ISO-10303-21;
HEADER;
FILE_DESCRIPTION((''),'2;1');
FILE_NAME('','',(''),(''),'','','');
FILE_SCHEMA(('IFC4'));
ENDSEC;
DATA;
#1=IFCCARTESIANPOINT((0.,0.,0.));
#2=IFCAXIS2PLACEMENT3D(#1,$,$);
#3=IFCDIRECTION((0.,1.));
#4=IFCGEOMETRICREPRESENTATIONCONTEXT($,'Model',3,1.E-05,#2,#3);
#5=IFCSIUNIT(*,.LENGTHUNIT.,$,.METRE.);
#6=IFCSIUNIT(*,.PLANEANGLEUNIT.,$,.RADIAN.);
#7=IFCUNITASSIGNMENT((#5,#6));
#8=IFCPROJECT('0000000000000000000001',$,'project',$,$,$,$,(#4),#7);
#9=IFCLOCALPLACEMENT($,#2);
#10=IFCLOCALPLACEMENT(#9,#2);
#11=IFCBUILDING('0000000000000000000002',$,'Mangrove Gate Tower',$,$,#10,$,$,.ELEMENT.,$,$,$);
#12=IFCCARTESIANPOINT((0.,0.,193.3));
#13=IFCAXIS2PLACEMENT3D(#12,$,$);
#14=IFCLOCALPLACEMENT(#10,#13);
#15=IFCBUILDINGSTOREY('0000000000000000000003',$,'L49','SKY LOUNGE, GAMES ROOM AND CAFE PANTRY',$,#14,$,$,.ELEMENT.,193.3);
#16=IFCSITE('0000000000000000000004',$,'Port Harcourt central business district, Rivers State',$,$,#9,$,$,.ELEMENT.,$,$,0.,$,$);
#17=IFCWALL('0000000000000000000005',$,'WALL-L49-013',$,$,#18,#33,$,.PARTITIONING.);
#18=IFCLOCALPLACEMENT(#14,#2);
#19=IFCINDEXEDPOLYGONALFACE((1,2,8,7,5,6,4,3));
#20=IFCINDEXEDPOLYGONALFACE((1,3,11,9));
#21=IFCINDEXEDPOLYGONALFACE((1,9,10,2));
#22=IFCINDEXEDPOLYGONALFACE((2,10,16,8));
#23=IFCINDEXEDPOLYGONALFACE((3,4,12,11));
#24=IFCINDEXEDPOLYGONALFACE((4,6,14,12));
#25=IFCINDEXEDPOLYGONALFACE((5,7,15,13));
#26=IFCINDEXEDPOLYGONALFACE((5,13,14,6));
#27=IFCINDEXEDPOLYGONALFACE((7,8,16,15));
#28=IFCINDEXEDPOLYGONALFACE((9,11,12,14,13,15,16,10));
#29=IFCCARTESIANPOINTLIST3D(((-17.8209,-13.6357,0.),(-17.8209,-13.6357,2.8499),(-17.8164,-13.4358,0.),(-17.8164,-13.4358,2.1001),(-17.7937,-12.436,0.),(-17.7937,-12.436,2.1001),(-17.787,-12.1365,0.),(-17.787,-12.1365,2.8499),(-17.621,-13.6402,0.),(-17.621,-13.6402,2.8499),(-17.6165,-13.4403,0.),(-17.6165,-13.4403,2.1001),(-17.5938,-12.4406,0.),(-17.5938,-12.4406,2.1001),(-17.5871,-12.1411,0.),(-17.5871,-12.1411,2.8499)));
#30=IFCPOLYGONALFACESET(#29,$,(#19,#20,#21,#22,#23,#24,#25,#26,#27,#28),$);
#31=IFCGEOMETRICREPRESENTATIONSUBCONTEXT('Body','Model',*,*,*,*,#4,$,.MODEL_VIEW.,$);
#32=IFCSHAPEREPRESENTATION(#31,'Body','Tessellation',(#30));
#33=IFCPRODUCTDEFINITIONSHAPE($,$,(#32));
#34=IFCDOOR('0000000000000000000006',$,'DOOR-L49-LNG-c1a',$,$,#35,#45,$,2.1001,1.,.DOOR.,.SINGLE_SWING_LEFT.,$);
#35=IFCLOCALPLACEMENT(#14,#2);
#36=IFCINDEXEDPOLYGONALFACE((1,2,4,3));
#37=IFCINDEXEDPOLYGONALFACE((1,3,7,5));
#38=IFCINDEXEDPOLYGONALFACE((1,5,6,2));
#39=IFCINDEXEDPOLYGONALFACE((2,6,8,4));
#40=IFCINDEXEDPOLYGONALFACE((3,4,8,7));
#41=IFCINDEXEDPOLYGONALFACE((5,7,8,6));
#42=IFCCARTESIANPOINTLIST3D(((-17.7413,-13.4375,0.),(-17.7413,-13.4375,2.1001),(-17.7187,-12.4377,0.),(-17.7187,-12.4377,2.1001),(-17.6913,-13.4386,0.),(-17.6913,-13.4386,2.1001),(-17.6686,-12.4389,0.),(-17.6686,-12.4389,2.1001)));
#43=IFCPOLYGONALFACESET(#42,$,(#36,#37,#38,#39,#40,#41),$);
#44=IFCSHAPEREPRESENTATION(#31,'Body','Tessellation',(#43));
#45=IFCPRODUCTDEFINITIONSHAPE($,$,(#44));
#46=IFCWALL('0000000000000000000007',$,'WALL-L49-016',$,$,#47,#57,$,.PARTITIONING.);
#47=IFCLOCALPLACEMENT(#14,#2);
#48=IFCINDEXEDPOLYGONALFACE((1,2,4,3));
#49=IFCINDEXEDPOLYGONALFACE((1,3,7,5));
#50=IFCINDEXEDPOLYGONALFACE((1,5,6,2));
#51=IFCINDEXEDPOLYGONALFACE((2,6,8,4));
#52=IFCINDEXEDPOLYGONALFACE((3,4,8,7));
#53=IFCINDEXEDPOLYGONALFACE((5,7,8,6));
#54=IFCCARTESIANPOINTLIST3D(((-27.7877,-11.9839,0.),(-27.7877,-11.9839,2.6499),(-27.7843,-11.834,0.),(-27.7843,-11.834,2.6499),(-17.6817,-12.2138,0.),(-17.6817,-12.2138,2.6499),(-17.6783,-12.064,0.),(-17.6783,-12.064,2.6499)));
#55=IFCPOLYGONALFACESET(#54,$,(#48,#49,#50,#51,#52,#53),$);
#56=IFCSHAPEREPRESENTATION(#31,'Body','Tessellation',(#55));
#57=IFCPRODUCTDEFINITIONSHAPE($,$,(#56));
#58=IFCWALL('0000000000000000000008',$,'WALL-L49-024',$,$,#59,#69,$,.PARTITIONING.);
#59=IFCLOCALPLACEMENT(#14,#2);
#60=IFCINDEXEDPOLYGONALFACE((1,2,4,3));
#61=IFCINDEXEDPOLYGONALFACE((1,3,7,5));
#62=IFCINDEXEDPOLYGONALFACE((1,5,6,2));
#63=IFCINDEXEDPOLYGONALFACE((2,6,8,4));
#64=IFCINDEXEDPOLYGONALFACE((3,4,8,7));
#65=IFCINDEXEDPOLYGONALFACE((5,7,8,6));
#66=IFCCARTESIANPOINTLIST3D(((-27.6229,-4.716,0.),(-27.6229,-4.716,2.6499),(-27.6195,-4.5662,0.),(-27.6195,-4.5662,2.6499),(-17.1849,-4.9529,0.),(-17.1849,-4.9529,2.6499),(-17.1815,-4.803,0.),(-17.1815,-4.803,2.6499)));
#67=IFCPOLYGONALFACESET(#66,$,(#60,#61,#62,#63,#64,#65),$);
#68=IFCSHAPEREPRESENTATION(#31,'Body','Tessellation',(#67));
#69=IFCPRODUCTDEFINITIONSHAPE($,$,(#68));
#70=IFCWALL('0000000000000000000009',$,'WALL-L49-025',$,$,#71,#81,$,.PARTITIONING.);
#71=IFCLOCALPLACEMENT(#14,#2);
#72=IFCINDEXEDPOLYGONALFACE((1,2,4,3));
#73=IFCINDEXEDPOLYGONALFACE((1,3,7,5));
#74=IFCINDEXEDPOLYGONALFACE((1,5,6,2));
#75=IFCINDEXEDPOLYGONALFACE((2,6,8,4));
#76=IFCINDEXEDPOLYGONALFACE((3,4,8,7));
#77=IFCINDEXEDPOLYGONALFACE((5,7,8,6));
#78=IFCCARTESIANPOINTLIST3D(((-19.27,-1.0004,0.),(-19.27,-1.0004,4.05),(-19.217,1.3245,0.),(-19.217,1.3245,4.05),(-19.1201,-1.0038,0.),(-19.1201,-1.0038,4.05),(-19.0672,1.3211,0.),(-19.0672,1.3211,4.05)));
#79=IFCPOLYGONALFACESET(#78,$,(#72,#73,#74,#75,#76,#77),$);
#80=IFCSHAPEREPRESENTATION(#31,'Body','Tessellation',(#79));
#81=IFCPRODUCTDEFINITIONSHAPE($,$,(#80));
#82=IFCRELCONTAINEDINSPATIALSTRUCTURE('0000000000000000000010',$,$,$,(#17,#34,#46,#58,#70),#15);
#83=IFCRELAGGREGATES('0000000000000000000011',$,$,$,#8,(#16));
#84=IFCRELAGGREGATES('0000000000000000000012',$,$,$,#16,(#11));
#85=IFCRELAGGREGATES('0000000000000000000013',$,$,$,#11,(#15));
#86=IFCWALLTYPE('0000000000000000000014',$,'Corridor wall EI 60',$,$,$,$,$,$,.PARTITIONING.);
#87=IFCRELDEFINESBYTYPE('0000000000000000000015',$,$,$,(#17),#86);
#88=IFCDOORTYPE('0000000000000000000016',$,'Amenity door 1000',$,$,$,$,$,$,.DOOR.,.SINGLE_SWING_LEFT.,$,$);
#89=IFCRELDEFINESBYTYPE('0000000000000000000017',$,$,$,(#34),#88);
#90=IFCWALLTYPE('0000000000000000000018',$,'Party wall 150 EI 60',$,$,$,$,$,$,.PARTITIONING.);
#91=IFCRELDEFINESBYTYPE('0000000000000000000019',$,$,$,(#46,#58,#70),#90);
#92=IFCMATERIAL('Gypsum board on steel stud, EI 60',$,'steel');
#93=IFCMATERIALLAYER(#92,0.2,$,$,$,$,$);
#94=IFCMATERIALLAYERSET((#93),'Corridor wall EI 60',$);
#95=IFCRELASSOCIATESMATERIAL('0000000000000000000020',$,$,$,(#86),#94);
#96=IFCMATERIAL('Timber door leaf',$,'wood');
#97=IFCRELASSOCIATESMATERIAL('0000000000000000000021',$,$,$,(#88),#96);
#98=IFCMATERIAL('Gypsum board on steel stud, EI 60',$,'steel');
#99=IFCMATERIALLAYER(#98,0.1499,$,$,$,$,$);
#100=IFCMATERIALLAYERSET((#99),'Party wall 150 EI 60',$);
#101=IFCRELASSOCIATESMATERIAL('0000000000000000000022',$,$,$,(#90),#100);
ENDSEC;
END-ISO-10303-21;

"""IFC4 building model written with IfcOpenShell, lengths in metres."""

from ifc_helpers import new_model, si_unit, direction, frame, frame_2d, origin, place, context, subcontext, project, spatial, rectangle, extrude, material, layer, layer_set, type_object, element, fill, save


model = new_model("IFC4")

# Units and contexts
model_context = context("Model", 3, precision=1e-05, world=origin(), true_north=direction((0.0, 1.0)))
body_context = subcontext(model_context, "Body", "Model", "MODEL_VIEW")
ifc_project = project(units=[si_unit("LENGTHUNIT", "METRE"), si_unit("PLANEANGLEUNIT", "RADIAN")], contexts=[model_context])

# Site, building, storey
site_placement = place(None, origin())
site = spatial("IfcSite", under=ifc_project, at=site_placement, Name="Port Harcourt central business district, Rivers State", CompositionType="ELEMENT", RefElevation=0.0)
building_placement = place(site_placement, origin())
building = spatial("IfcBuilding", under=site, at=building_placement, Name="Mangrove Gate Tower", CompositionType="ELEMENT")
storey_placement = place(building_placement, frame((0.0, 0.0, 193.3)))
storey = spatial("IfcBuildingStorey", under=building, at=storey_placement, Name="L49", Description="SKY LOUNGE, GAMES ROOM AND CAFE PANTRY", CompositionType="ELEMENT", Elevation=193.3)

# Wall, opening, door
ifc_material_1 = material(Name="Gypsum board on steel stud, EI 60", Category="steel")
ifc_layer_1 = layer(ifc_material_1, 0.2)
ifc_layer_set_1 = layer_set([ifc_layer_1], Name="Corridor wall EI 60")
wall_type_1 = type_object("IfcWallType", Name="Corridor wall EI 60", PredefinedType="PARTITIONING", material=ifc_layer_set_1)
wall_1_placement = place(storey_placement, frame((-17.7209, -13.6379, 0.0), z_axis=(0.0, 0.0, 1.0), x_axis=(0.022633, 0.999744, 0.0)))
wall_1 = element("IfcWall", 1, at=wall_1_placement, inside=storey, type_object=wall_type_1, Name="WALL-L49-013", PredefinedType="PARTITIONING", context=body_context, shape_type="SweptSolid", body=[
    extrude(rectangle(XDim=1.4995, YDim=0.2, at=frame_2d((0.7498, 0.0))), origin(), (0.0, 0.0, 1.0), 2.8499),
])
opening_1_placement = place(wall_1_placement, frame((0.2, 0.0, 0.0)))
opening_1 = element("IfcOpeningElement", 2, at=opening_1_placement, cuts=wall_1, PredefinedType="OPENING", context=body_context, shape_type="SweptSolid", body=[
    extrude(rectangle(XDim=1.0, YDim=2.1001, at=frame_2d((0.5, 1.05))), frame((0.0, 0.1099, 0.0), z_axis=(0.0, -1.0, 0.0), x_axis=(1.0, 0.0, 0.0)), (0.0, 0.0, 1.0), 0.22),
])
ifc_material_2 = material(Name="Timber door leaf", Category="wood")
door_type_1 = type_object("IfcDoorType", Name="Amenity door 1000", OperationType="SINGLE_SWING_LEFT", PredefinedType="DOOR", material=ifc_material_2)
door_1_placement = place(opening_1_placement, origin())
door_1 = element("IfcDoor", 3, at=door_1_placement, inside=storey, type_object=door_type_1, Name="DOOR-L49-LNG-c1a", OperationType="SINGLE_SWING_LEFT", OverallHeight=2.1001, OverallWidth=1.0, PredefinedType="DOOR", context=body_context, shape_type="SweptSolid", body=[
    extrude(rectangle(XDim=1.0, YDim=2.1001, at=frame_2d((0.5, 1.05))), frame((0.0, 0.0249, 0.0), z_axis=(0.0, -1.0, 0.0), x_axis=(1.0, 0.0, 0.0)), (0.0, 0.0, 1.0), 0.05),
])
fill(opening_1, door_1)

# Walls
ifc_material_3 = material(Name="Gypsum board on steel stud, EI 60", Category="steel")
ifc_layer_2 = layer(ifc_material_3, 0.1499)
ifc_layer_set_2 = layer_set([ifc_layer_2], Name="Party wall 150 EI 60")
wall_type_2 = type_object("IfcWallType", Name="Party wall 150 EI 60", PredefinedType="PARTITIONING", material=ifc_layer_set_2)
wall_2_placement = place(storey_placement, frame((-27.7859, -11.9089, 0.0), z_axis=(0.0, 0.0, 1.0), x_axis=(0.999741, -0.022751, 0.0)))
element("IfcWall", 4, at=wall_2_placement, inside=storey, type_object=wall_type_2, Name="WALL-L49-016", PredefinedType="PARTITIONING", context=body_context, shape_type="SweptSolid", body=[
    extrude(rectangle(XDim=10.1086, YDim=0.1499, at=frame_2d((5.0542, 0.0))), origin(), (0.0, 0.0, 1.0), 2.6499),
])
wall_3_placement = place(storey_placement, frame((-27.6211, -4.6411, 0.0), z_axis=(0.0, 0.0, 1.0), x_axis=(0.999743, -0.022682, 0.0)))
element("IfcWall", 5, at=wall_3_placement, inside=storey, type_object=wall_type_2, Name="WALL-L49-024", PredefinedType="PARTITIONING", context=body_context, shape_type="SweptSolid", body=[
    extrude(rectangle(XDim=10.4407, YDim=0.1499, at=frame_2d((5.2202, 0.0))), origin(), (0.0, 0.0, 1.0), 2.6499),
])
wall_4_placement = place(storey_placement, frame((-19.1951, -1.002, 0.0), z_axis=(0.0, 0.0, 1.0), x_axis=(0.022781, 0.99974, 0.0)))
element("IfcWall", 6, at=wall_4_placement, inside=storey, type_object=wall_type_2, Name="WALL-L49-025", PredefinedType="PARTITIONING", context=body_context, shape_type="SweptSolid", body=[
    extrude(rectangle(XDim=2.3254, YDim=0.1499, at=frame_2d((1.1626, 0.0))), origin(), (0.0, 0.0, 1.0), 4.05),
])

save(model, "model.ifc")
